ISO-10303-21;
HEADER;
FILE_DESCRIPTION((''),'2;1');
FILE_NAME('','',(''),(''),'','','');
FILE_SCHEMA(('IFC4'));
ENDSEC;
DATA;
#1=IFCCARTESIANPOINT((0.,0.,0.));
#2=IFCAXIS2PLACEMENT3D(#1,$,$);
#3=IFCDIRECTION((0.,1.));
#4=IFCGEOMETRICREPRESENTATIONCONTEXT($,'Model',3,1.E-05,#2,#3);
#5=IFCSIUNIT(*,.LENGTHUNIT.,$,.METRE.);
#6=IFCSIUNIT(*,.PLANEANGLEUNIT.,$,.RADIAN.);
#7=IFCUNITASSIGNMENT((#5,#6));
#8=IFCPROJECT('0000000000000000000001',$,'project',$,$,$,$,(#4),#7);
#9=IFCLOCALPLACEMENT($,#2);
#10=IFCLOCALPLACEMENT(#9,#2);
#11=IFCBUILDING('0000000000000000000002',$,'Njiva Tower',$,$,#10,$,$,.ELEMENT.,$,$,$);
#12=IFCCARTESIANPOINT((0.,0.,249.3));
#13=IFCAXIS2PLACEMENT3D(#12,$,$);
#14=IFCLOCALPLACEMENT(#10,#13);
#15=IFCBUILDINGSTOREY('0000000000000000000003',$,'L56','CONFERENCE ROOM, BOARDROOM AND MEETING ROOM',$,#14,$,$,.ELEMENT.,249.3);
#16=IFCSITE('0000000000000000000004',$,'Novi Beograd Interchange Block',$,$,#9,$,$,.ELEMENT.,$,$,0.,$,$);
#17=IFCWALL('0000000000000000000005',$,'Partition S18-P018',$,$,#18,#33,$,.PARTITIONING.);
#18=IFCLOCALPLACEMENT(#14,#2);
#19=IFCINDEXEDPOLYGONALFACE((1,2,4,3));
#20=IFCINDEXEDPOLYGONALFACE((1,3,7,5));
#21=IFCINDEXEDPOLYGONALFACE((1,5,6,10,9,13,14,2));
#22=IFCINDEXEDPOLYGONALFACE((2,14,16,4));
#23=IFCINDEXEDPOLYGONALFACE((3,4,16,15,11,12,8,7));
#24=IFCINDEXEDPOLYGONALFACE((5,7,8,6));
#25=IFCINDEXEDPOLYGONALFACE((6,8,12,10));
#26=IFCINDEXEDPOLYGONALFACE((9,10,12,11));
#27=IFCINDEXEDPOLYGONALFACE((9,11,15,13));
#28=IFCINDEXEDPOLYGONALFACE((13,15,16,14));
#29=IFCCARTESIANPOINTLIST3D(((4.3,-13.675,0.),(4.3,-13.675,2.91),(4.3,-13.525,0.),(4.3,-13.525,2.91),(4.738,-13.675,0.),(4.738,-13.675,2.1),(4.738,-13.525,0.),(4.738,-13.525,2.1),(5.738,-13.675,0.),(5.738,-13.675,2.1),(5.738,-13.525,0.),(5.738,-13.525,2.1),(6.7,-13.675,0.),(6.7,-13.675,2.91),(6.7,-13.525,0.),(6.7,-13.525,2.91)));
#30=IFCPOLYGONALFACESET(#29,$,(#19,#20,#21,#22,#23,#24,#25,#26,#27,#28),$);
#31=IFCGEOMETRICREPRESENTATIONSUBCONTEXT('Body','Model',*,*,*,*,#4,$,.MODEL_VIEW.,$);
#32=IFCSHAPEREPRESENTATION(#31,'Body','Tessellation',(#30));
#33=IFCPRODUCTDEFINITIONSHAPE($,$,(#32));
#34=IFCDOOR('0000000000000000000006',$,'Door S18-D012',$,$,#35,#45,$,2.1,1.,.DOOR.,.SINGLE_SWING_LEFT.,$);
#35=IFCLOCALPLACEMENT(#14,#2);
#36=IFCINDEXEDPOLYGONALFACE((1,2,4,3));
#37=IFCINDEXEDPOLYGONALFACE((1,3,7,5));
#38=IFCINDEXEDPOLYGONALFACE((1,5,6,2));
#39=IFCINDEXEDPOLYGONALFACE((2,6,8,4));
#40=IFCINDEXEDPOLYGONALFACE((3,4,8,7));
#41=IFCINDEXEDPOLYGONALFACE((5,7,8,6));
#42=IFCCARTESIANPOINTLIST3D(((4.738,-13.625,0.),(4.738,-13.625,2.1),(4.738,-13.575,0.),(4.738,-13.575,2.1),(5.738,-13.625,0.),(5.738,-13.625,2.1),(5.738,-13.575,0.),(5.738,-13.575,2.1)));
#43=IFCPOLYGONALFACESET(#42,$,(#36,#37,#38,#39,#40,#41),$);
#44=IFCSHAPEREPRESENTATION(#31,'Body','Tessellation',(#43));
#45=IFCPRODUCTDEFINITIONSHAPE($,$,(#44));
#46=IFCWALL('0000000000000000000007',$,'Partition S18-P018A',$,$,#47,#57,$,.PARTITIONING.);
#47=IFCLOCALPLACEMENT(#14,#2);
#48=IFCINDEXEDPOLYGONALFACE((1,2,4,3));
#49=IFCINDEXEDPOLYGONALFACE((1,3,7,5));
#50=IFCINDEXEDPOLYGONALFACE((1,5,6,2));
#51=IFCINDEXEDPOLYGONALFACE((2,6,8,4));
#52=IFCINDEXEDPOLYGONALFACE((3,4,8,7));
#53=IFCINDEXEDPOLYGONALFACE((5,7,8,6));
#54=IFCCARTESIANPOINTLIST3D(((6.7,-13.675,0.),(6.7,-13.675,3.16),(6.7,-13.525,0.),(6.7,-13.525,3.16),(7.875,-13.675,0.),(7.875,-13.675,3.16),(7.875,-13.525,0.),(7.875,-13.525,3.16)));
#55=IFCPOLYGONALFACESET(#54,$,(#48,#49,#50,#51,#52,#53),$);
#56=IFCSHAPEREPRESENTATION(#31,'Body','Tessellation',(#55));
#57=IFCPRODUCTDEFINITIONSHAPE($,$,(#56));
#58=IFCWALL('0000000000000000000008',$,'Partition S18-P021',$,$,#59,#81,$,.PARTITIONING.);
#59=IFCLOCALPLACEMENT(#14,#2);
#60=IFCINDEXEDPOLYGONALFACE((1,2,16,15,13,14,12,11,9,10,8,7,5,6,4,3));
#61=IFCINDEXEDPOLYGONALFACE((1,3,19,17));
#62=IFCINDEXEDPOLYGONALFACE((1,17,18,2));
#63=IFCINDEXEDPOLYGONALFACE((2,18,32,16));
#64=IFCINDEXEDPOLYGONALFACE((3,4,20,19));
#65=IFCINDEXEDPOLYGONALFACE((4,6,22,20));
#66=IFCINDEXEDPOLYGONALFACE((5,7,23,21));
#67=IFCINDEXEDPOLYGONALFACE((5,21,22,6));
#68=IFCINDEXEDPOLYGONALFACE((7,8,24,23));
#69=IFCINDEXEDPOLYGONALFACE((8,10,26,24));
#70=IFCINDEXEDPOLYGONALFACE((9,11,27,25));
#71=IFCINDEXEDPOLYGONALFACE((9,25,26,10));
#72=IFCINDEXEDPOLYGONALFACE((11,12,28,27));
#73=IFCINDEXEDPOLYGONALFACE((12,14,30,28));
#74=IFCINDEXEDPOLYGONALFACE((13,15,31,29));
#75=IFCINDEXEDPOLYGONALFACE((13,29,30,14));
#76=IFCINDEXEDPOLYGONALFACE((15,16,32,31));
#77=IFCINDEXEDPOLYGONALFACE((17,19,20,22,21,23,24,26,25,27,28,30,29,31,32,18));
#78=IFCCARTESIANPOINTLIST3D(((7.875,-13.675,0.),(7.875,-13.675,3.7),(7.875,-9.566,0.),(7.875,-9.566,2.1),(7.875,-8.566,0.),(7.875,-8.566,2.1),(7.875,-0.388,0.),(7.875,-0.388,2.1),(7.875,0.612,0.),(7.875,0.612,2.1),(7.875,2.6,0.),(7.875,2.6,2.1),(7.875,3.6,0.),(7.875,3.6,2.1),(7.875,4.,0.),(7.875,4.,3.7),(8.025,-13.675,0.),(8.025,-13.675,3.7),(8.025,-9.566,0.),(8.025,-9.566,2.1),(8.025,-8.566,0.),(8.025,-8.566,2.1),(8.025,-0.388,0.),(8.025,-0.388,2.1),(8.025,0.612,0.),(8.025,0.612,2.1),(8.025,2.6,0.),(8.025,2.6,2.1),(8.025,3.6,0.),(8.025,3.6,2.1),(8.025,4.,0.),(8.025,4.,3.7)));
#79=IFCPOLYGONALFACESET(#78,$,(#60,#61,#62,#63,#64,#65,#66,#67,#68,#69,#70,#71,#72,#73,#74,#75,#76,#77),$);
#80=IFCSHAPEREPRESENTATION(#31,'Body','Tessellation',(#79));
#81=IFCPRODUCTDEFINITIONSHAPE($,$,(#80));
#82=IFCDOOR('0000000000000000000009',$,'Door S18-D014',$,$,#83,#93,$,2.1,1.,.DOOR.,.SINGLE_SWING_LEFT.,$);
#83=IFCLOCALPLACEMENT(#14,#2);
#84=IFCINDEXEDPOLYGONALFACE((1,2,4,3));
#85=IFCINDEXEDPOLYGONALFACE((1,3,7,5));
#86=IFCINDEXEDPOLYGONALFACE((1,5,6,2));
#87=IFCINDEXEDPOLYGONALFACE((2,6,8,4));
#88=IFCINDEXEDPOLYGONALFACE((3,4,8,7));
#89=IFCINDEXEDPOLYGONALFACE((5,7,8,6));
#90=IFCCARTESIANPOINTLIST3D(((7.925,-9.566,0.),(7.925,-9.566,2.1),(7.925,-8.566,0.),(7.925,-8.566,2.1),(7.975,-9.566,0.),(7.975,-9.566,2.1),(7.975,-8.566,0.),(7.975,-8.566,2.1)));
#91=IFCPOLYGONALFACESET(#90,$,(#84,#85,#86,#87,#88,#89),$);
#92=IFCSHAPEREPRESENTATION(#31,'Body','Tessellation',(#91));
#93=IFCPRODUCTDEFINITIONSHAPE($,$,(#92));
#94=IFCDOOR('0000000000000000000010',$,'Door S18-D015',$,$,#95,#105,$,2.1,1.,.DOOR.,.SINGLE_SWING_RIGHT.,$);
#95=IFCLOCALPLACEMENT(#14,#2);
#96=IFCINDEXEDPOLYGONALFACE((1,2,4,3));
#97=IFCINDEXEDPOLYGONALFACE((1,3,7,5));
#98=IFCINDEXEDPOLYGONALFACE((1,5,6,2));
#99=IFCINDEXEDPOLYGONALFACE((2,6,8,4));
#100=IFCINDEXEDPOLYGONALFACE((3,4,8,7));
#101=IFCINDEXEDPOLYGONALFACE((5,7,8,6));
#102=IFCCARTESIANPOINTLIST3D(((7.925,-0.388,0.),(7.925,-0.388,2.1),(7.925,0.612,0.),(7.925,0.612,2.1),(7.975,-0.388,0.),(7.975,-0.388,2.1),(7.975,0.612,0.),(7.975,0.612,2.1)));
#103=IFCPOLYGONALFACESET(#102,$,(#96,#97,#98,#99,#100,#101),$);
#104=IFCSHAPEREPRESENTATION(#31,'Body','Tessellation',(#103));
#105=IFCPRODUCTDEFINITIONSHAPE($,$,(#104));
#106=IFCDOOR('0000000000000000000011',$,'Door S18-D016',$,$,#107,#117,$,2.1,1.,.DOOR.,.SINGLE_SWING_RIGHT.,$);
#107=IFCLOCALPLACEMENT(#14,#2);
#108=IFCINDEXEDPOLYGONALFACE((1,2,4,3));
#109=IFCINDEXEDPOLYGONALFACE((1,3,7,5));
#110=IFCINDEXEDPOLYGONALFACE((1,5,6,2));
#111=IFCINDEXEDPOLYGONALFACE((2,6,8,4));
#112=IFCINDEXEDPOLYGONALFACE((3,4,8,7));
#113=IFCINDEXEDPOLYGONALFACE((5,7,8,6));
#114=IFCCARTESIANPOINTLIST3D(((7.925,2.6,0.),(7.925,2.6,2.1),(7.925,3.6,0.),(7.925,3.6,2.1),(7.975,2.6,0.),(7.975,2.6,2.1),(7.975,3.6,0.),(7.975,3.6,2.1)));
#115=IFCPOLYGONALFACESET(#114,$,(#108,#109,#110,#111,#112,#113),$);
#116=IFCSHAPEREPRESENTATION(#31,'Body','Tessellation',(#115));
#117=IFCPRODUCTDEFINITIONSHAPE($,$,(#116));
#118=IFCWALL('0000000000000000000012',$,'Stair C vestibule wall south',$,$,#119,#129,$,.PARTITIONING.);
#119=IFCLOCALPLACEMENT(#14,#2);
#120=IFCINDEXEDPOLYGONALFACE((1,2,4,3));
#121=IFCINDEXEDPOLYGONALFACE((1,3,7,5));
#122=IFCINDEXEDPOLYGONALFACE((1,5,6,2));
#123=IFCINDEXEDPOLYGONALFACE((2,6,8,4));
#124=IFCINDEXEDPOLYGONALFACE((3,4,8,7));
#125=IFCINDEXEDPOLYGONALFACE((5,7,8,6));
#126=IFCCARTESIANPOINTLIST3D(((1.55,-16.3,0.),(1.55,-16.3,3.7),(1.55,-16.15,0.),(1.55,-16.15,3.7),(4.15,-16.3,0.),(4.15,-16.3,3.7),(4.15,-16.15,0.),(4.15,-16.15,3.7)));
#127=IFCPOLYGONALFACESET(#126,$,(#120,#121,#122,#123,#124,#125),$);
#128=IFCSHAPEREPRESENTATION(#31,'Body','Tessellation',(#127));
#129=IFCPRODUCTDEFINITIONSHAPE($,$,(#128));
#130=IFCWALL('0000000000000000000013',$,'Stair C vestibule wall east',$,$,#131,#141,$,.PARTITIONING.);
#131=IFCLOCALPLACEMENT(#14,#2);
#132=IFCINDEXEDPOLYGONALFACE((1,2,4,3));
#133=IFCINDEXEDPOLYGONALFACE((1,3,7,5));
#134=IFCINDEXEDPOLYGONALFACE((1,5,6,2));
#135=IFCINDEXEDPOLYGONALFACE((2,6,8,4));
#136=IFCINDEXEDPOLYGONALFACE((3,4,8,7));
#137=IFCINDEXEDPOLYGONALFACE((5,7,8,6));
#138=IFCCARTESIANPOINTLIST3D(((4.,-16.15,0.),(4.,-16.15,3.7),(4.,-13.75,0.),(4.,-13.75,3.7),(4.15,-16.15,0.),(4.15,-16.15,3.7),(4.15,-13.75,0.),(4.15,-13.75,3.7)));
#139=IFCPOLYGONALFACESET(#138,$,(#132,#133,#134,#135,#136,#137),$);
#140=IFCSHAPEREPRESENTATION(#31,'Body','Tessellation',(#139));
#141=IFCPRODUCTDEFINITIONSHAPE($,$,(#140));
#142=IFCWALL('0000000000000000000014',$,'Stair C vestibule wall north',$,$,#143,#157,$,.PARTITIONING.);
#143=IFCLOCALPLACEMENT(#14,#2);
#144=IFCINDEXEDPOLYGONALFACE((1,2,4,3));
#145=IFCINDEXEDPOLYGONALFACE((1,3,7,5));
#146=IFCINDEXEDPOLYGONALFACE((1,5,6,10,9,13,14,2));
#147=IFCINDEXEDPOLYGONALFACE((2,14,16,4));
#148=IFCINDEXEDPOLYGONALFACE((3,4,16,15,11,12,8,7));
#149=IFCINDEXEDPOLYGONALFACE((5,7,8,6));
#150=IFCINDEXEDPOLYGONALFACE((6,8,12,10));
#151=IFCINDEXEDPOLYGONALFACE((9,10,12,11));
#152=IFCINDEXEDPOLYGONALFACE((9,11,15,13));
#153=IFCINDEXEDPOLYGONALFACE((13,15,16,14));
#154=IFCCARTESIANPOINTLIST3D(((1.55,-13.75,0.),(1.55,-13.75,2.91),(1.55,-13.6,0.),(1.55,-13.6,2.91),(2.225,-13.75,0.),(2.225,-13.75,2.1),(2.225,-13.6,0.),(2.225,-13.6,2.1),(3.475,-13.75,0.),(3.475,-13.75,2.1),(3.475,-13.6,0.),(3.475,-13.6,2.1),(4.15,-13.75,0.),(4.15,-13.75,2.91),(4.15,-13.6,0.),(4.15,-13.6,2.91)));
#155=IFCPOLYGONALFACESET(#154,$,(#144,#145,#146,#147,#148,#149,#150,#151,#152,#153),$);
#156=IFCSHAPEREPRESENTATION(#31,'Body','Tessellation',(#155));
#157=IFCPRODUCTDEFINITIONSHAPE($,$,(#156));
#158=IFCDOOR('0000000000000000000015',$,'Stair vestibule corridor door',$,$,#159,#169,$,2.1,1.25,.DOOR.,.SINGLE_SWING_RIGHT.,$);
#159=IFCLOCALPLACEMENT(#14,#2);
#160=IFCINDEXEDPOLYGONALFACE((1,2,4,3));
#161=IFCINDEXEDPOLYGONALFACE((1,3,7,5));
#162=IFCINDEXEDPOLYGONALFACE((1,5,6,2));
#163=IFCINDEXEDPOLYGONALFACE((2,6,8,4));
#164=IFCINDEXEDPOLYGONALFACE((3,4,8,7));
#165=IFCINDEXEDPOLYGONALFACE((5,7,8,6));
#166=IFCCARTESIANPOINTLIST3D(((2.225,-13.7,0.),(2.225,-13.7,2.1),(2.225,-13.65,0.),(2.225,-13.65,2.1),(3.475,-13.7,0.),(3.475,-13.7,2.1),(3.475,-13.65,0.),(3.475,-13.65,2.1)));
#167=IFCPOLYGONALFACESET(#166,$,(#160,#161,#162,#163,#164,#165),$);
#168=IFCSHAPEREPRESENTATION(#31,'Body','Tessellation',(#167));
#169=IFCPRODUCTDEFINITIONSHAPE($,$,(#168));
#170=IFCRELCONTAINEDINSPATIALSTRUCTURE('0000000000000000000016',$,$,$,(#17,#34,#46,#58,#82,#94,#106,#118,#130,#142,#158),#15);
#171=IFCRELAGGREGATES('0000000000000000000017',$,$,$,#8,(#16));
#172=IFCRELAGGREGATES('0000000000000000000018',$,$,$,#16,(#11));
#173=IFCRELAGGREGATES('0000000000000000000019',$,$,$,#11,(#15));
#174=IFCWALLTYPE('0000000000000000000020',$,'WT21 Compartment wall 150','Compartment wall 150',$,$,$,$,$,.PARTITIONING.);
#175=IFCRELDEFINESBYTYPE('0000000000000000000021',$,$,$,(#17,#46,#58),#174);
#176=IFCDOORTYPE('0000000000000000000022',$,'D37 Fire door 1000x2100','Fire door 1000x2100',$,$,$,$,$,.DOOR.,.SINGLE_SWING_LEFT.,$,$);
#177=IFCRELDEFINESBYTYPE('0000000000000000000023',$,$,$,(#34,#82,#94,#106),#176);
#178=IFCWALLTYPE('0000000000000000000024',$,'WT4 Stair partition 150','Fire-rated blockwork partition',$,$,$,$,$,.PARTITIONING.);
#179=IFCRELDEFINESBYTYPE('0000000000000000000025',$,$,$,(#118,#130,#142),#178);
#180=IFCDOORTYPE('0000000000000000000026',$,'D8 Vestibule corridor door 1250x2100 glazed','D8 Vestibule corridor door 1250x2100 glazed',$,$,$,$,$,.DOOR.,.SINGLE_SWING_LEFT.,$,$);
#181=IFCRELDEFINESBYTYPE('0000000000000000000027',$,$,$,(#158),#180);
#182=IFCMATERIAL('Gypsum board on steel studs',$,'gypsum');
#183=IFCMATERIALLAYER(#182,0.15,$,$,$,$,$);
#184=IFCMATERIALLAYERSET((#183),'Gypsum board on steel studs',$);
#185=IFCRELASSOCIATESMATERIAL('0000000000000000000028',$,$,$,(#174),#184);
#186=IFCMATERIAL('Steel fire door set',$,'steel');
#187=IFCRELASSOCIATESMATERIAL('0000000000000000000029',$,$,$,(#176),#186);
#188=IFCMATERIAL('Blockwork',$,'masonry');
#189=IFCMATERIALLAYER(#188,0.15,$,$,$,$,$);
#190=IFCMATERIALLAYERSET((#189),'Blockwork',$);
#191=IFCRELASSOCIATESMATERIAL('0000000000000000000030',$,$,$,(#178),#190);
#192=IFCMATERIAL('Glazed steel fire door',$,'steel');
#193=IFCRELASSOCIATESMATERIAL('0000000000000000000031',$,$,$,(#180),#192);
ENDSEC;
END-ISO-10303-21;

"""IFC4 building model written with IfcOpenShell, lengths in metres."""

from ifc_helpers import new_model, si_unit, direction, frame, frame_2d, origin, place, context, subcontext, project, spatial, rectangle, extrude, material, layer, layer_set, type_object, element, fill, save


model = new_model("IFC4")

# Units and contexts
model_context = context("Model", 3, precision=1e-05, world=origin(), true_north=direction((0.0, 1.0)))
body_context = subcontext(model_context, "Body", "Model", "MODEL_VIEW")
ifc_project = project(units=[si_unit("LENGTHUNIT", "METRE"), si_unit("PLANEANGLEUNIT", "RADIAN")], contexts=[model_context])

# Site, building, storey
site_placement = place(None, origin())
site = spatial("IfcSite", under=ifc_project, at=site_placement, Name="Novi Beograd Interchange Block", CompositionType="ELEMENT", RefElevation=0.0)
building_placement = place(site_placement, origin())
building = spatial("IfcBuilding", under=site, at=building_placement, Name="Njiva Tower", CompositionType="ELEMENT")
storey_placement = place(building_placement, frame((0.0, 0.0, 249.3)))
storey = spatial("IfcBuildingStorey", under=building, at=storey_placement, Name="L56", Description="CONFERENCE ROOM, BOARDROOM AND MEETING ROOM", CompositionType="ELEMENT", Elevation=249.3)

# Wall, opening, door
ifc_material_1 = material(Name="Gypsum board on steel studs", Category="gypsum")
ifc_layer_1 = layer(ifc_material_1, 0.15)
ifc_layer_set_1 = layer_set([ifc_layer_1], Name="Gypsum board on steel studs")
wall_type_1 = type_object("IfcWallType", Name="WT21 Compartment wall 150", Description="Compartment wall 150", PredefinedType="PARTITIONING", material=ifc_layer_set_1)
wall_1_placement = place(storey_placement, frame((4.3, -13.6, 0.0), z_axis=(0.0, 0.0, 1.0), x_axis=(1.0, 0.0, 0.0)))
wall_1 = element("IfcWall", 1, at=wall_1_placement, inside=storey, type_object=wall_type_1, Name="Partition S18-P018", PredefinedType="PARTITIONING", context=body_context, shape_type="SweptSolid", body=[
    extrude(rectangle(XDim=2.4, YDim=0.15, at=frame_2d((1.2, 0.0))), origin(), (0.0, 0.0, 1.0), 2.91),
])
opening_1_placement = place(wall_1_placement, frame((0.438, 0.0, 0.0)))
opening_1 = element("IfcOpeningElement", 2, at=opening_1_placement, cuts=wall_1, PredefinedType="OPENING", context=body_context, shape_type="SweptSolid", body=[
    extrude(rectangle(XDim=1.0, YDim=2.1, at=frame_2d((0.5, 1.05))), frame((0.0, 0.085, 0.0), z_axis=(0.0, -1.0, 0.0), x_axis=(1.0, 0.0, 0.0)), (0.0, 0.0, 1.0), 0.17),
])
ifc_material_2 = material(Name="Steel fire door set", Category="steel")
door_type_1 = type_object("IfcDoorType", Name="D37 Fire door 1000x2100", Description="Fire door 1000x2100", OperationType="SINGLE_SWING_LEFT", PredefinedType="DOOR", material=ifc_material_2)
door_1_placement = place(opening_1_placement, origin())
door_1 = element("IfcDoor", 3, at=door_1_placement, inside=storey, type_object=door_type_1, Name="Door S18-D012", OperationType="SINGLE_SWING_LEFT", OverallHeight=2.1, OverallWidth=1.0, PredefinedType="DOOR", context=body_context, shape_type="SweptSolid", body=[
    extrude(rectangle(XDim=1.0, YDim=2.1, at=frame_2d((0.5, 1.05))), frame((0.0, 0.025, 0.0), z_axis=(0.0, -1.0, 0.0), x_axis=(1.0, 0.0, 0.0)), (0.0, 0.0, 1.0), 0.05),
])
fill(opening_1, door_1)

# Wall
wall_2_placement = place(storey_placement, frame((6.7, -13.6, 0.0), z_axis=(0.0, 0.0, 1.0), x_axis=(1.0, 0.0, 0.0)))
element("IfcWall", 4, at=wall_2_placement, inside=storey, type_object=wall_type_1, Name="Partition S18-P018A", PredefinedType="PARTITIONING", context=body_context, shape_type="SweptSolid", body=[
    extrude(rectangle(XDim=1.175, YDim=0.15, at=frame_2d((0.5875, 0.0))), origin(), (0.0, 0.0, 1.0), 3.16),
])

# Wall, openings, doors
wall_3_placement = place(storey_placement, frame((7.95, -13.675, 0.0), z_axis=(0.0, 0.0, 1.0), x_axis=(0.0, 1.0, 0.0)))
wall_3 = element("IfcWall", 5, at=wall_3_placement, inside=storey, type_object=wall_type_1, Name="Partition S18-P021", PredefinedType="PARTITIONING", context=body_context, shape_type="SweptSolid", body=[
    extrude(rectangle(XDim=17.675, YDim=0.15, at=frame_2d((8.8375, 0.0))), origin(), (0.0, 0.0, 1.0), 3.7),
])
opening_2_placement = place(wall_3_placement, frame((4.109, 0.0, 0.0)))
opening_2 = element("IfcOpeningElement", 6, at=opening_2_placement, cuts=wall_3, PredefinedType="OPENING", context=body_context, shape_type="SweptSolid", body=[
    extrude(rectangle(XDim=1.0, YDim=2.1, at=frame_2d((0.5, 1.05))), frame((0.0, 0.085, 0.0), z_axis=(0.0, -1.0, 0.0), x_axis=(1.0, 0.0, 0.0)), (0.0, 0.0, 1.0), 0.17),
])
opening_3_placement = place(wall_3_placement, frame((13.287, 0.0, 0.0)))
opening_3 = element("IfcOpeningElement", 7, at=opening_3_placement, cuts=wall_3, PredefinedType="OPENING", context=body_context, shape_type="SweptSolid", body=[
    extrude(rectangle(XDim=1.0, YDim=2.1, at=frame_2d((0.5, 1.05))), frame((0.0, 0.085, 0.0), z_axis=(0.0, -1.0, 0.0), x_axis=(1.0, 0.0, 0.0)), (0.0, 0.0, 1.0), 0.17),
])
opening_4_placement = place(wall_3_placement, frame((16.275, 0.0, 0.0)))
opening_4 = element("IfcOpeningElement", 8, at=opening_4_placement, cuts=wall_3, PredefinedType="OPENING", context=body_context, shape_type="SweptSolid", body=[
    extrude(rectangle(XDim=1.0, YDim=2.1, at=frame_2d((0.5, 1.05))), frame((0.0, 0.085, 0.0), z_axis=(0.0, -1.0, 0.0), x_axis=(1.0, 0.0, 0.0)), (0.0, 0.0, 1.0), 0.17),
])
door_2_placement = place(opening_2_placement, origin())
door_2 = element("IfcDoor", 9, at=door_2_placement, inside=storey, type_object=door_type_1, Name="Door S18-D014", OperationType="SINGLE_SWING_LEFT", OverallHeight=2.1, OverallWidth=1.0, PredefinedType="DOOR", context=body_context, shape_type="SweptSolid", body=[
    extrude(rectangle(XDim=1.0, YDim=2.1, at=frame_2d((0.5, 1.05))), frame((0.0, 0.025, 0.0), z_axis=(0.0, -1.0, 0.0), x_axis=(1.0, 0.0, 0.0)), (0.0, 0.0, 1.0), 0.05),
])
fill(opening_2, door_2)
door_3_placement = place(opening_3_placement, origin())
door_3 = element("IfcDoor", 10, at=door_3_placement, inside=storey, type_object=door_type_1, Name="Door S18-D015", OperationType="SINGLE_SWING_RIGHT", OverallHeight=2.1, OverallWidth=1.0, PredefinedType="DOOR", context=body_context, shape_type="SweptSolid", body=[
    extrude(rectangle(XDim=1.0, YDim=2.1, at=frame_2d((0.5, 1.05))), frame((0.0, 0.025, 0.0), z_axis=(0.0, -1.0, 0.0), x_axis=(1.0, 0.0, 0.0)), (0.0, 0.0, 1.0), 0.05),
])
fill(opening_3, door_3)
door_4_placement = place(opening_4_placement, origin())
door_4 = element("IfcDoor", 11, at=door_4_placement, inside=storey, type_object=door_type_1, Name="Door S18-D016", OperationType="SINGLE_SWING_RIGHT", OverallHeight=2.1, OverallWidth=1.0, PredefinedType="DOOR", context=body_context, shape_type="SweptSolid", body=[
    extrude(rectangle(XDim=1.0, YDim=2.1, at=frame_2d((0.5, 1.05))), frame((0.0, 0.025, 0.0), z_axis=(0.0, -1.0, 0.0), x_axis=(1.0, 0.0, 0.0)), (0.0, 0.0, 1.0), 0.05),
])
fill(opening_4, door_4)

# Walls
ifc_material_3 = material(Name="Blockwork", Category="masonry")
ifc_layer_2 = layer(ifc_material_3, 0.15)
ifc_layer_set_2 = layer_set([ifc_layer_2], Name="Blockwork")
wall_type_2 = type_object("IfcWallType", Name="WT4 Stair partition 150", Description="Fire-rated blockwork partition", PredefinedType="PARTITIONING", material=ifc_layer_set_2)
wall_4_placement = place(storey_placement, frame((1.55, -16.225, 0.0), z_axis=(0.0, 0.0, 1.0), x_axis=(1.0, 0.0, 0.0)))
element("IfcWall", 12, at=wall_4_placement, inside=storey, type_object=wall_type_2, Name="Stair C vestibule wall south", PredefinedType="PARTITIONING", context=body_context, shape_type="SweptSolid", body=[
    extrude(rectangle(XDim=2.6, YDim=0.15, at=frame_2d((1.3, 0.0))), origin(), (0.0, 0.0, 1.0), 3.7),
])
wall_5_placement = place(storey_placement, frame((4.075, -16.15, 0.0), z_axis=(0.0, 0.0, 1.0), x_axis=(0.0, 1.0, 0.0)))
element("IfcWall", 13, at=wall_5_placement, inside=storey, type_object=wall_type_2, Name="Stair C vestibule wall east", PredefinedType="PARTITIONING", context=body_context, shape_type="SweptSolid", body=[
    extrude(rectangle(XDim=2.4, YDim=0.15, at=frame_2d((1.2, 0.0))), origin(), (0.0, 0.0, 1.0), 3.7),
])

# Wall, opening, door
wall_6_placement = place(storey_placement, frame((1.55, -13.675, 0.0), z_axis=(0.0, 0.0, 1.0), x_axis=(1.0, 0.0, 0.0)))
wall_6 = element("IfcWall", 14, at=wall_6_placement, inside=storey, type_object=wall_type_2, Name="Stair C vestibule wall north", PredefinedType="PARTITIONING", context=body_context, shape_type="SweptSolid", body=[
    extrude(rectangle(XDim=2.6, YDim=0.15, at=frame_2d((1.3, 0.0))), origin(), (0.0, 0.0, 1.0), 2.91),
])
opening_5_placement = place(wall_6_placement, frame((0.675, 0.0, 0.0)))
opening_5 = element("IfcOpeningElement", 15, at=opening_5_placement, cuts=wall_6, PredefinedType="OPENING", context=body_context, shape_type="SweptSolid", body=[
    extrude(rectangle(XDim=1.25, YDim=2.1, at=frame_2d((0.625, 1.05))), frame((0.0, 0.085, 0.0), z_axis=(0.0, -1.0, 0.0), x_axis=(1.0, 0.0, 0.0)), (0.0, 0.0, 1.0), 0.17),
])
ifc_material_4 = material(Name="Glazed steel fire door", Category="steel")
door_type_2 = type_object("IfcDoorType", Name="D8 Vestibule corridor door 1250x2100 glazed", Description="D8 Vestibule corridor door 1250x2100 glazed", OperationType="SINGLE_SWING_LEFT", PredefinedType="DOOR", material=ifc_material_4)
door_5_placement = place(opening_5_placement, origin())
door_5 = element("IfcDoor", 16, at=door_5_placement, inside=storey, type_object=door_type_2, Name="Stair vestibule corridor door", OperationType="SINGLE_SWING_RIGHT", OverallHeight=2.1, OverallWidth=1.25, PredefinedType="DOOR", context=body_context, shape_type="SweptSolid", body=[
    extrude(rectangle(XDim=1.25, YDim=2.1, at=frame_2d((0.625, 1.05))), frame((0.0, 0.025, 0.0), z_axis=(0.0, -1.0, 0.0), x_axis=(1.0, 0.0, 0.0)), (0.0, 0.0, 1.0), 0.05),
])
fill(opening_5, door_5)

save(model, "model.ifc")
